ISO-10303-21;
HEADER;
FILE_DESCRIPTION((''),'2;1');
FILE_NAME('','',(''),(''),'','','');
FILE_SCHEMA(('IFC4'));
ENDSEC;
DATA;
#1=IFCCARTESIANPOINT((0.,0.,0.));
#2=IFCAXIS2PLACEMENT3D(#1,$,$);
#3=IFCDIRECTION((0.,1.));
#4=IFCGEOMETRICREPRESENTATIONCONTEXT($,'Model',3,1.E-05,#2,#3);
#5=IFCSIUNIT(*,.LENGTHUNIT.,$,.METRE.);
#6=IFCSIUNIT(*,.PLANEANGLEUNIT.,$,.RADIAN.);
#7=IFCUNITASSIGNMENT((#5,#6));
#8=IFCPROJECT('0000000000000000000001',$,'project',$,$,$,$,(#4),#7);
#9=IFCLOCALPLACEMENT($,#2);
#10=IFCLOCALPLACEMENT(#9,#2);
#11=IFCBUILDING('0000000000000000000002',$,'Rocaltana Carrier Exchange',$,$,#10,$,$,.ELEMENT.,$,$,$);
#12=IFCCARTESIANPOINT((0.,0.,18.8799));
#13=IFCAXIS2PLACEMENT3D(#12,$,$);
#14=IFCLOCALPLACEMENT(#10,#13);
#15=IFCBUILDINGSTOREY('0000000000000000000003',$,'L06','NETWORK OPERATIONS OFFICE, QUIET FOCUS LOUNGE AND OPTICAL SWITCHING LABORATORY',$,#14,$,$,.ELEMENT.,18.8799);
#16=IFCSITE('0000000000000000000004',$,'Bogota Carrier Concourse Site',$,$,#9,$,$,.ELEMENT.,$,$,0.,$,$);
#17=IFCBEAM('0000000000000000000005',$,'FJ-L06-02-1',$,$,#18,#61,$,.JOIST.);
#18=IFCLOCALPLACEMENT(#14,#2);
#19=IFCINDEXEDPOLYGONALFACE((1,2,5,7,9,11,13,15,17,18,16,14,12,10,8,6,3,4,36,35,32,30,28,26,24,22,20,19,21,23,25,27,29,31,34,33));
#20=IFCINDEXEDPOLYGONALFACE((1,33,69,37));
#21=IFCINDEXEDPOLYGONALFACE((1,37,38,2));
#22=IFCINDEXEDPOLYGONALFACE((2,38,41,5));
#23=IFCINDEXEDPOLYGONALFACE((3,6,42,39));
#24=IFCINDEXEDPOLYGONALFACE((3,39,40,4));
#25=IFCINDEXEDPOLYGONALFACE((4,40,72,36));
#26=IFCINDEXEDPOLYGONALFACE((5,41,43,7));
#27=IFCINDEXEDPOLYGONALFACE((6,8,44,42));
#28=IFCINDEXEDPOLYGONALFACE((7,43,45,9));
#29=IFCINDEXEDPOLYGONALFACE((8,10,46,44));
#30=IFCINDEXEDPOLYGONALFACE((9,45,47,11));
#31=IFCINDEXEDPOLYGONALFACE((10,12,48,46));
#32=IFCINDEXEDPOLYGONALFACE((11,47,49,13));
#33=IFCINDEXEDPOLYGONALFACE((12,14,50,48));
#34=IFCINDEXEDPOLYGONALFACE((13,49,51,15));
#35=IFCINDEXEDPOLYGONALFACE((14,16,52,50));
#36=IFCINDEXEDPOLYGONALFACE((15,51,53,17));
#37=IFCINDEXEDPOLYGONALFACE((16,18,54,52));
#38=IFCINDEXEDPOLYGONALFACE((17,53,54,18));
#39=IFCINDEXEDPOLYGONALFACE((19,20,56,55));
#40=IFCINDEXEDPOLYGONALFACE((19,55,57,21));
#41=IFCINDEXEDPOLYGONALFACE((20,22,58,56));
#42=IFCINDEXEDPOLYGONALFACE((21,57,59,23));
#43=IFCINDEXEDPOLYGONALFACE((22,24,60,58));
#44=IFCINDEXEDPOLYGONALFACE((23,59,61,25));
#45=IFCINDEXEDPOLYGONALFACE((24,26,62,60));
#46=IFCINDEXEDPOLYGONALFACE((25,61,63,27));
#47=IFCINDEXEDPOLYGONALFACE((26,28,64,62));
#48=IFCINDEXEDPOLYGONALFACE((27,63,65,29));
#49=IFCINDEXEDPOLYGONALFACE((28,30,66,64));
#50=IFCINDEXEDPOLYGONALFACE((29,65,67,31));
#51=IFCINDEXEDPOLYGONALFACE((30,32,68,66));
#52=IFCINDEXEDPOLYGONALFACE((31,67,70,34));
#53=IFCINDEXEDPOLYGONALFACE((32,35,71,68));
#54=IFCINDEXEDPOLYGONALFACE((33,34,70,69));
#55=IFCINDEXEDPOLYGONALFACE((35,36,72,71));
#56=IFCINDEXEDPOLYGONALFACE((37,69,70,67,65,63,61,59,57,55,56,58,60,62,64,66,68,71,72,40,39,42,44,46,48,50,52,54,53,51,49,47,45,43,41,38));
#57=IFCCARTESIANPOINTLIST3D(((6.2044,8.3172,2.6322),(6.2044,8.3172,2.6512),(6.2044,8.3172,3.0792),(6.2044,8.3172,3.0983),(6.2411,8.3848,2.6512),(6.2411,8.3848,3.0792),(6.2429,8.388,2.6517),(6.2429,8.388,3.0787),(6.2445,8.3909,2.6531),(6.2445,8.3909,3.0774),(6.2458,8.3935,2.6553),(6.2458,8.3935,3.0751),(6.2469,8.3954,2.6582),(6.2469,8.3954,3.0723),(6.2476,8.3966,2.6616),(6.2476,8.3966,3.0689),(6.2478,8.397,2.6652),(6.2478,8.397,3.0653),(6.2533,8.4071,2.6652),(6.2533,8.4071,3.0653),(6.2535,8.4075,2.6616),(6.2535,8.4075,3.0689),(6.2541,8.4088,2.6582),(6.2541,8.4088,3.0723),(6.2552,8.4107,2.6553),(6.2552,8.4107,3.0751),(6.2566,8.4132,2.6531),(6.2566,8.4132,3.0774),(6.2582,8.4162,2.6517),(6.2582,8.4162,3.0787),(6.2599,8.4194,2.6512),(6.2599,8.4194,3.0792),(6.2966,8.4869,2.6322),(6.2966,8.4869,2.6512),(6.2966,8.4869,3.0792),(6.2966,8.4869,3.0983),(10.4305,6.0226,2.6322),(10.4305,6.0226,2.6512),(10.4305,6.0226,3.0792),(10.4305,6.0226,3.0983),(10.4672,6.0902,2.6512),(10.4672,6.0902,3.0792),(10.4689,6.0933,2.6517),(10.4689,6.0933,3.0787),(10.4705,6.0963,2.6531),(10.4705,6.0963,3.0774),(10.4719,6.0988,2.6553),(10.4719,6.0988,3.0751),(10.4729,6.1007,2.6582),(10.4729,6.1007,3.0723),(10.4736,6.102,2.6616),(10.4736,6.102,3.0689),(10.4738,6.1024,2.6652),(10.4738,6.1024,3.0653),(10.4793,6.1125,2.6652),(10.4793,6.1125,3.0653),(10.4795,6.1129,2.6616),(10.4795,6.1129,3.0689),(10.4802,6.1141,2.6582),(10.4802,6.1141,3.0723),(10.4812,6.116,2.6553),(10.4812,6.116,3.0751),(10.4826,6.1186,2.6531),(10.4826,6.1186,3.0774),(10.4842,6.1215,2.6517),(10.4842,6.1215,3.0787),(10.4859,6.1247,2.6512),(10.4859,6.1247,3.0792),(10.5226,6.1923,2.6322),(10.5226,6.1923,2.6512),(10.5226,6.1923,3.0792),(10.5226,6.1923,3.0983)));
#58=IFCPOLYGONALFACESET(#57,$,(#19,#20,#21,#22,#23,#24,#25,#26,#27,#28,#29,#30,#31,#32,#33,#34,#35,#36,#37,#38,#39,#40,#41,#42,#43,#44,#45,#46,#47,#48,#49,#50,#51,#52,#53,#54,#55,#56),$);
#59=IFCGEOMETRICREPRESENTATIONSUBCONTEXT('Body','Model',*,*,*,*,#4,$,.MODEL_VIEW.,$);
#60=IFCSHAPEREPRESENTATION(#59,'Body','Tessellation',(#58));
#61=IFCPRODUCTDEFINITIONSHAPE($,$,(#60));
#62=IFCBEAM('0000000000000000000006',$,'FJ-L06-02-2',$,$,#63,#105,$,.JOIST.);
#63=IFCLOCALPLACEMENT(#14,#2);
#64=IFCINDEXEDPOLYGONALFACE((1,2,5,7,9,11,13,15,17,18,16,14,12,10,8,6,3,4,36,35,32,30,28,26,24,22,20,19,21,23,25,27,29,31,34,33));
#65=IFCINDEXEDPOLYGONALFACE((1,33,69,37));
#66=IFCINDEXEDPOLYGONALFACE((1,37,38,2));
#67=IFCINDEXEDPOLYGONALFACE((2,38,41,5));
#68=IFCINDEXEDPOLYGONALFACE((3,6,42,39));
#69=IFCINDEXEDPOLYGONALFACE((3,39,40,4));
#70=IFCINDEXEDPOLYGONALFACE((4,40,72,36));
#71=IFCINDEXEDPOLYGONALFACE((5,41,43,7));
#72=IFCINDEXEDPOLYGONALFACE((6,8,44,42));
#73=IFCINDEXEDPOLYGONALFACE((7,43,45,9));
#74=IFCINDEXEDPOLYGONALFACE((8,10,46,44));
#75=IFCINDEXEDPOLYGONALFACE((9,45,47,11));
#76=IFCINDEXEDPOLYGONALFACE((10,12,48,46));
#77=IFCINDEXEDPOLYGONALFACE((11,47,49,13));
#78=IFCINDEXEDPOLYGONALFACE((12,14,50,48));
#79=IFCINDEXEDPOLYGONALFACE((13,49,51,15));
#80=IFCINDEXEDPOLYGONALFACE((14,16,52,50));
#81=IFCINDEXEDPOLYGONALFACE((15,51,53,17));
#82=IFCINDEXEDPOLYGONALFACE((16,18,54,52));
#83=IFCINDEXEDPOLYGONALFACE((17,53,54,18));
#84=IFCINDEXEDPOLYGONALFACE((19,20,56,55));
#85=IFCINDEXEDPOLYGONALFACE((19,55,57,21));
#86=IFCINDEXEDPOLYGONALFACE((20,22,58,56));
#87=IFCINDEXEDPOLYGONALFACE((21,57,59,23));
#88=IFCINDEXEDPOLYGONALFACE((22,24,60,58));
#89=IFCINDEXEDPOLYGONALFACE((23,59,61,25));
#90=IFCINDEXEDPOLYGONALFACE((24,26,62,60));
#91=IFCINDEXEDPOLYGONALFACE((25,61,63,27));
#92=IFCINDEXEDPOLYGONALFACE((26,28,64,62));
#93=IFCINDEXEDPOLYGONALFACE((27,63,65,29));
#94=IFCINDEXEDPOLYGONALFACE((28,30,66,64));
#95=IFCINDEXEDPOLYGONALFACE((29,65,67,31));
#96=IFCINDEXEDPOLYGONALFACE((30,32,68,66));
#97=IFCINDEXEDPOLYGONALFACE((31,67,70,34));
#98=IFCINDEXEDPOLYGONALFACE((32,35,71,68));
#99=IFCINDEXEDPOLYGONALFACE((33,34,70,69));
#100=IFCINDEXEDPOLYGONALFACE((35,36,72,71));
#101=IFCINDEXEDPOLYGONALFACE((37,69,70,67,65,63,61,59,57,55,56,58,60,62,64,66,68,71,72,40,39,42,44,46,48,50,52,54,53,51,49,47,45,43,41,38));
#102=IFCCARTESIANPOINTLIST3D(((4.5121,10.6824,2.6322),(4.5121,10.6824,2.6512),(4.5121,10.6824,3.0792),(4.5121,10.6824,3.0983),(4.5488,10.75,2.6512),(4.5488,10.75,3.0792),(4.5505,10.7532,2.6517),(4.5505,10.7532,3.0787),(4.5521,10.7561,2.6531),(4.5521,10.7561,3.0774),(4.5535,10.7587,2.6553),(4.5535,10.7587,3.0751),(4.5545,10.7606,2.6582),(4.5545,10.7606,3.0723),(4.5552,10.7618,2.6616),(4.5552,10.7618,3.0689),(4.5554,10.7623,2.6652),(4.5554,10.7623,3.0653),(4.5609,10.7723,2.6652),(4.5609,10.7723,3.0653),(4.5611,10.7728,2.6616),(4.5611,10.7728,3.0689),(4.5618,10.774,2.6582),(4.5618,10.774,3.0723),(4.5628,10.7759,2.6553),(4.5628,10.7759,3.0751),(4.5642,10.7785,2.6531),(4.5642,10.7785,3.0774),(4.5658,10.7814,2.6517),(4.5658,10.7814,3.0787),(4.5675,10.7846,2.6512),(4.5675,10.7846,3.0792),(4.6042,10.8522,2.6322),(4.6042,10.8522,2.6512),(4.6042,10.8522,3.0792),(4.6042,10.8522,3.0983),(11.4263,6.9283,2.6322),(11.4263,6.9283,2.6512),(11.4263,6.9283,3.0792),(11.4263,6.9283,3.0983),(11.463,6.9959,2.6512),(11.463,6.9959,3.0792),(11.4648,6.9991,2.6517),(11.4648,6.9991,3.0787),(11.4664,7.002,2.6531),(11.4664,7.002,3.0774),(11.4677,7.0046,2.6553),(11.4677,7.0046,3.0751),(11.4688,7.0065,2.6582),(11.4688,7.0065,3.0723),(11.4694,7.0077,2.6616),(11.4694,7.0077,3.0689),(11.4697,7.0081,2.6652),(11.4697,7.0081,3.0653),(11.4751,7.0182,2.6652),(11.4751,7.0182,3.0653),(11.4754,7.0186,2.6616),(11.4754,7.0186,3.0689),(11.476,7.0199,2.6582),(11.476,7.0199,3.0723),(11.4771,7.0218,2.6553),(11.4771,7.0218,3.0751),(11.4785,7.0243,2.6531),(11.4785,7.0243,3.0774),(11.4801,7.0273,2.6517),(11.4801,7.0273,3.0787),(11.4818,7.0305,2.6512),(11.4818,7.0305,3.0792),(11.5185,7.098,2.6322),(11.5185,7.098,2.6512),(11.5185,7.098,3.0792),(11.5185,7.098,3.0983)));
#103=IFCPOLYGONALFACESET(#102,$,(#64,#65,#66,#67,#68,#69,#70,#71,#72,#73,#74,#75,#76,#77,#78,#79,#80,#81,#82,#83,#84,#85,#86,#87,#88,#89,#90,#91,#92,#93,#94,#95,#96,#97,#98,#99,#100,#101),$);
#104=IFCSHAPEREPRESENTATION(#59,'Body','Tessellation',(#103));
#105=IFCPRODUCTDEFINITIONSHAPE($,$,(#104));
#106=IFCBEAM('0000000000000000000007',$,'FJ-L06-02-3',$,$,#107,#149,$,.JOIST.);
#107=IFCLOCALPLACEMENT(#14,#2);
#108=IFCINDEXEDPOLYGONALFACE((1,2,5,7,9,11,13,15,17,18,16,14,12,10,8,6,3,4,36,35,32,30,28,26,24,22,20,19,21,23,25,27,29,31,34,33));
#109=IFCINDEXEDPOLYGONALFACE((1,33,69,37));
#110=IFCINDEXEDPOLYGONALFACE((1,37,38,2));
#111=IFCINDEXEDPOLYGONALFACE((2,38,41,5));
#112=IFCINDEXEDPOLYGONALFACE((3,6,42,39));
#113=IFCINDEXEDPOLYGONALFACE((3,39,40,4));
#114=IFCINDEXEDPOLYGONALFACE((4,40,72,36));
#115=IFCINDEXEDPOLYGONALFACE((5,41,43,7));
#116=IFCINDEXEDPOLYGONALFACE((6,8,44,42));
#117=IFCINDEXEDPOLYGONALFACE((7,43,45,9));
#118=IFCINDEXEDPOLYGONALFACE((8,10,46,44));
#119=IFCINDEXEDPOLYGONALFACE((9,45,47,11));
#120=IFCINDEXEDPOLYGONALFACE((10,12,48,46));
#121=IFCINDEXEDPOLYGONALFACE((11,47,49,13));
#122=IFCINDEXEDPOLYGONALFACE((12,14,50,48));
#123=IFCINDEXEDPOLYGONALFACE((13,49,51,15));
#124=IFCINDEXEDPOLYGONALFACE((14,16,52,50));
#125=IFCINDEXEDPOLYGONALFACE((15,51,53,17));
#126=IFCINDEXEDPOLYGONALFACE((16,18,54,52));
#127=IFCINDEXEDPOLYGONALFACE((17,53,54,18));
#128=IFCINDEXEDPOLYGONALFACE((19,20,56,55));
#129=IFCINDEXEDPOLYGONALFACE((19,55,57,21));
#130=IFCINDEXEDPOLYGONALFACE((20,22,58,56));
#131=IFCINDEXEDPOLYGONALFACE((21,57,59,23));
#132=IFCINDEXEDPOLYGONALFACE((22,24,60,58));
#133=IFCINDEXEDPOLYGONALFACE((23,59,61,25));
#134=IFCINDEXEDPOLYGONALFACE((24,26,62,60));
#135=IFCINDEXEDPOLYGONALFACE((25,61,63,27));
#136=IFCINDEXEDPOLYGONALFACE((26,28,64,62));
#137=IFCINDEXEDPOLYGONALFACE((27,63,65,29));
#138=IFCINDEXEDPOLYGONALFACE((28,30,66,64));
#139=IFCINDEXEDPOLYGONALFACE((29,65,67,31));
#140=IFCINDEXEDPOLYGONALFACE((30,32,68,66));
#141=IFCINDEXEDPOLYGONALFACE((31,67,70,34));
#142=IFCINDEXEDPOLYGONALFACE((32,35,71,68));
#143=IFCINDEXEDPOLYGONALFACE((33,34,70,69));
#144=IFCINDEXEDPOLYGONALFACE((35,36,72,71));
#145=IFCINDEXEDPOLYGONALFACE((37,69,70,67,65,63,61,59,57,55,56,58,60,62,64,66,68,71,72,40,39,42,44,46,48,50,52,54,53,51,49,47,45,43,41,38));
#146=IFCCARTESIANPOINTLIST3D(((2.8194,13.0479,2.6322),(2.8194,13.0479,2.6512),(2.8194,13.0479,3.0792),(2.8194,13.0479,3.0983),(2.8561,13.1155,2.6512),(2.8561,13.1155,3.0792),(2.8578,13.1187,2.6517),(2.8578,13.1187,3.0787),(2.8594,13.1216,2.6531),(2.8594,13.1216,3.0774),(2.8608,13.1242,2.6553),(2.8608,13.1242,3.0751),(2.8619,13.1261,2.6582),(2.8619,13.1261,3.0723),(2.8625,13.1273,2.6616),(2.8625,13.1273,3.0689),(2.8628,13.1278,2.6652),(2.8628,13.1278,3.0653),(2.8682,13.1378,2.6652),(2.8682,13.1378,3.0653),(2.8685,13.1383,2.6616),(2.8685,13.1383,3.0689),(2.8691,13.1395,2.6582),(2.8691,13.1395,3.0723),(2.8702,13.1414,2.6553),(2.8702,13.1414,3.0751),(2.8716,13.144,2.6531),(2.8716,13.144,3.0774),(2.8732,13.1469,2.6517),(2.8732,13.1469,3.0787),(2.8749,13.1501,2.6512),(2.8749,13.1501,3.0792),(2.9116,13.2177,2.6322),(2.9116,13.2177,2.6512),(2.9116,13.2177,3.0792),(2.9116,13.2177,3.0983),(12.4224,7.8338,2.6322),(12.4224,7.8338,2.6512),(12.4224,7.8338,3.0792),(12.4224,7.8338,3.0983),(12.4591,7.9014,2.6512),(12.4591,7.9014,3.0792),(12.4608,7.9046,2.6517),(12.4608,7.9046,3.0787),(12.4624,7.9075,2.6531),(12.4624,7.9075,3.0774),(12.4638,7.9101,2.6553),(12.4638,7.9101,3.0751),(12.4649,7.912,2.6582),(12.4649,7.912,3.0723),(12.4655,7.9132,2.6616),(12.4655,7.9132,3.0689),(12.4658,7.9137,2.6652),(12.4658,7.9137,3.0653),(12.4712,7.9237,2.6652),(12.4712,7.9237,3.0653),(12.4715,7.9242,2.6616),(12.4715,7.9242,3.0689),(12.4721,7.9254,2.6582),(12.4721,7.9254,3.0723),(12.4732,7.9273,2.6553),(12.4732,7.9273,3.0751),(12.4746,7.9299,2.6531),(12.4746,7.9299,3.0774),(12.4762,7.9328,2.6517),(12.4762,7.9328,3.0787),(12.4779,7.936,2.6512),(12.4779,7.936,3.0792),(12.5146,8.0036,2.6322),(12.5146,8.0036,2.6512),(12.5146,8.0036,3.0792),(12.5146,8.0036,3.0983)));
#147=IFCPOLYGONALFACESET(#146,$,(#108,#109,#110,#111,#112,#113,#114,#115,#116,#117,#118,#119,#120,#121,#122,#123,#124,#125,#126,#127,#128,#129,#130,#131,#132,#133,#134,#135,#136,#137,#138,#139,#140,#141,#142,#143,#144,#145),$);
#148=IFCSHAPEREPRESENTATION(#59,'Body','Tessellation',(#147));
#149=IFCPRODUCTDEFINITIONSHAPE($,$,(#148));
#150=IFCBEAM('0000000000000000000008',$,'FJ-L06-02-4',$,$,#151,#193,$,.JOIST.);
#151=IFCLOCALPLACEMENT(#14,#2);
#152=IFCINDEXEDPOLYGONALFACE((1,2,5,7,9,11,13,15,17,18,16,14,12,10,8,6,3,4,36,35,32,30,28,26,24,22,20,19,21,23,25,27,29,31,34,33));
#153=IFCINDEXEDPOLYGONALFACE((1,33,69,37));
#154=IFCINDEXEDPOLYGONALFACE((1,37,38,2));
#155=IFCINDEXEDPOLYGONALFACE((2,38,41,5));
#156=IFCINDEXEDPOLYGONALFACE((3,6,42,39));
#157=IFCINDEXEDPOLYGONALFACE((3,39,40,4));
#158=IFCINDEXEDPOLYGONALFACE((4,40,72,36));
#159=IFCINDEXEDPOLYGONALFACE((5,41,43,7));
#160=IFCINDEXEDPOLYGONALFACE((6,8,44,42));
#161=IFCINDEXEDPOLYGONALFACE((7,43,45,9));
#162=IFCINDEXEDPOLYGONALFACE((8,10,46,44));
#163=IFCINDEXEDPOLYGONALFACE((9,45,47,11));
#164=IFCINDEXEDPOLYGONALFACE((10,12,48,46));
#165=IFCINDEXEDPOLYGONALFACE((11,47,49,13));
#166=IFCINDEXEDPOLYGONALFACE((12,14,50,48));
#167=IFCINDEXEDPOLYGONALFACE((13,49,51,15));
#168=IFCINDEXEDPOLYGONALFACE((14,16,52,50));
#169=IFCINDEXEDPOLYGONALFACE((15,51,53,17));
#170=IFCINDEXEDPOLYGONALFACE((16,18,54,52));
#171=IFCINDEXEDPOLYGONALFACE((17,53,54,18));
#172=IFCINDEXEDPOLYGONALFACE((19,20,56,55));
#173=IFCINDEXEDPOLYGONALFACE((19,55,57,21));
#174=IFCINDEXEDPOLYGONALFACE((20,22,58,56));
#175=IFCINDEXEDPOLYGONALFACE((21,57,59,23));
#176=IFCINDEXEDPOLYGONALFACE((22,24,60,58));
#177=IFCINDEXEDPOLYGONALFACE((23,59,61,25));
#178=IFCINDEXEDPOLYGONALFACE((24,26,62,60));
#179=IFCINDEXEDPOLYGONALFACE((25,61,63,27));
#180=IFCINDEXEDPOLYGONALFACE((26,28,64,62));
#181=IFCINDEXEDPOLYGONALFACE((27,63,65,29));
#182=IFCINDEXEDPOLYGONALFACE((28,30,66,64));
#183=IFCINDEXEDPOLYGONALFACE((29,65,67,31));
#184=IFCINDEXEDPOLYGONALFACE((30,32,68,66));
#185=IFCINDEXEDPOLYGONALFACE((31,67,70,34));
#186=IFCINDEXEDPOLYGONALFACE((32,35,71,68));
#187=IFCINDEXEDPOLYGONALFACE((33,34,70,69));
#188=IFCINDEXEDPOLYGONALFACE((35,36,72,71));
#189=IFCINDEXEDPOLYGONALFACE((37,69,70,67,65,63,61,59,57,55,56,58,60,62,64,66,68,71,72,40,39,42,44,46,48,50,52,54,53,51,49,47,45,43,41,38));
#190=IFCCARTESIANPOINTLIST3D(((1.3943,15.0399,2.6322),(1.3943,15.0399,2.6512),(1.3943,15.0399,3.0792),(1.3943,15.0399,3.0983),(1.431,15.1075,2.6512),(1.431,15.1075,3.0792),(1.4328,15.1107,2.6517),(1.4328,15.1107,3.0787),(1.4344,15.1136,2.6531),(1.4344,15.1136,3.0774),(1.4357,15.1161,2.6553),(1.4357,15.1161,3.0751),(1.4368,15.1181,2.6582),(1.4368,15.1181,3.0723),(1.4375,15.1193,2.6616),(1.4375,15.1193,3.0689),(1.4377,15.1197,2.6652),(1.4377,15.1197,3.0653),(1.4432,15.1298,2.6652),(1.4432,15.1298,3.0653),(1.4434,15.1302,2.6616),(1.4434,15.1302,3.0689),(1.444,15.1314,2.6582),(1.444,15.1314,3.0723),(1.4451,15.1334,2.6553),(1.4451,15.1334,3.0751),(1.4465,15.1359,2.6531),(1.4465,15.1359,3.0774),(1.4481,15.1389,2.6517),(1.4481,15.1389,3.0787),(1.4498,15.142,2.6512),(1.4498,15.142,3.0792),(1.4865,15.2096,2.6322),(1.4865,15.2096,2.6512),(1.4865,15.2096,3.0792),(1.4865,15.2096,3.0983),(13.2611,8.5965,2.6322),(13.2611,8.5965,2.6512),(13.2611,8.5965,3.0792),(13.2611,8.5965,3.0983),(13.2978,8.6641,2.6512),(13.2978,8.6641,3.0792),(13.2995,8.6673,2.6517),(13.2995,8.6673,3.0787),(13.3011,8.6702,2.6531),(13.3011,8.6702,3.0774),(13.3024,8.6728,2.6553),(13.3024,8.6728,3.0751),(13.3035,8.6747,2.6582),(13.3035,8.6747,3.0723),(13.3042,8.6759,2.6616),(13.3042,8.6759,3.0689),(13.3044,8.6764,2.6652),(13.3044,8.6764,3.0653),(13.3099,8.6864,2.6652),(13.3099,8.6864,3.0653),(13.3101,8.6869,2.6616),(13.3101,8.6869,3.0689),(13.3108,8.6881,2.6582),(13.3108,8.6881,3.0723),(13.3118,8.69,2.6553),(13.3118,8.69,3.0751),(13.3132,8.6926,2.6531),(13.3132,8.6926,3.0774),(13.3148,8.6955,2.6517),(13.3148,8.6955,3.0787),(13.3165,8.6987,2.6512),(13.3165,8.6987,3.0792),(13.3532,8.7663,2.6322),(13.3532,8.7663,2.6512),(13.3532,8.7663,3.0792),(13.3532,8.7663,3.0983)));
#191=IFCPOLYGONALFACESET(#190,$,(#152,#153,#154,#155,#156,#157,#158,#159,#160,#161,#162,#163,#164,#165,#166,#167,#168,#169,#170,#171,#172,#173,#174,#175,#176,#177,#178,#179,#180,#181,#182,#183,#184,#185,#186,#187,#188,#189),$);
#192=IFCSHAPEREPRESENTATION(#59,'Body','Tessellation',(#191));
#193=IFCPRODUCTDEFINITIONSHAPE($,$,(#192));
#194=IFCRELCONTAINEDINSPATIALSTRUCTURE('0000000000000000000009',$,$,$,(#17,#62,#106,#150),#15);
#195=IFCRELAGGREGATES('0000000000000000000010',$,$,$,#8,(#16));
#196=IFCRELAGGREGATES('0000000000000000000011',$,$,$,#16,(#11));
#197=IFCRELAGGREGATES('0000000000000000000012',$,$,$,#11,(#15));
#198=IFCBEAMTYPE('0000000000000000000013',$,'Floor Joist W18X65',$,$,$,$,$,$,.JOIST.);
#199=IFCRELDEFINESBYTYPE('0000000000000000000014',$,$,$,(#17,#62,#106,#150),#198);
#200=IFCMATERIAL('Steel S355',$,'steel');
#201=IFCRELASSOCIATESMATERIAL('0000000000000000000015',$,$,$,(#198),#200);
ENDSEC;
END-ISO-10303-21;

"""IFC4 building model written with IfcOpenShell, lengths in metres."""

from ifc_helpers import new_model, si_unit, direction, frame, origin, origin_2d, place, context, subcontext, project, spatial, i_section, extrude, material, material_profile, profile_set, type_object, element, save


model = new_model("IFC4")

# Units and contexts
model_context = context("Model", 3, precision=1e-05, world=origin(), true_north=direction((0.0, 1.0)))
body_context = subcontext(model_context, "Body", "Model", "MODEL_VIEW")
ifc_project = project(units=[si_unit("LENGTHUNIT", "METRE"), si_unit("PLANEANGLEUNIT", "RADIAN")], contexts=[model_context])

# Site, building, storey
site_placement = place(None, origin())
site = spatial("IfcSite", under=ifc_project, at=site_placement, Name="Bogota Carrier Concourse Site", CompositionType="ELEMENT", RefElevation=0.0)
building_placement = place(site_placement, origin())
building = spatial("IfcBuilding", under=site, at=building_placement, Name="Rocaltana Carrier Exchange", CompositionType="ELEMENT")
storey_placement = place(building_placement, frame((0.0, 0.0, 18.8799)))
storey = spatial("IfcBuildingStorey", under=building, at=storey_placement, Name="L06", Description="NETWORK OPERATIONS OFFICE, QUIET FOCUS LOUNGE AND OPTICAL SWITCHING LABORATORY", CompositionType="ELEMENT", Elevation=18.8799)

# Beams
ifc_material_1 = material(Name="Steel S355", Category="steel")
ifc_material_profile_1 = material_profile(ifc_material_1, i_section(OverallWidth=0.1931, OverallDepth=0.4661, WebThickness=0.0115, FlangeThickness=0.019, FilletRadius=0.0139, at=origin_2d()), Name="W18X65")
ifc_profile_set_1 = profile_set([ifc_material_profile_1], Name="Steel S355")
beam_type_1 = type_object("IfcBeamType", Name="Floor Joist W18X65", PredefinedType="JOIST", material=ifc_profile_set_1)
beam_1_placement = place(storey_placement, frame((10.4766, 6.1074, 2.8652), z_axis=(-0.878808, 0.477176, 0.0), x_axis=(-0.477176, -0.878808, 0.0)))
element("IfcBeam", 1, at=beam_1_placement, inside=storey, type_object=beam_type_1, Name="FJ-L06-02-1", PredefinedType="JOIST", context=body_context, shape_type="SweptSolid", body=[
    extrude(i_section(OverallWidth=0.1931, OverallDepth=0.4661, WebThickness=0.0115, FlangeThickness=0.019, FilletRadius=0.0139, at=origin_2d()), origin(), (0.0, 0.0, 1.0), 4.8088),
])
beam_2_placement = place(storey_placement, frame((11.4724, 7.0132, 2.8652), z_axis=(-0.878818, 0.477158, 0.0), x_axis=(-0.477158, -0.878818, 0.0)))
element("IfcBeam", 2, at=beam_2_placement, inside=storey, type_object=beam_type_1, Name="FJ-L06-02-2", PredefinedType="JOIST", context=body_context, shape_type="SweptSolid", body=[
    extrude(i_section(OverallWidth=0.1931, OverallDepth=0.4661, WebThickness=0.0115, FlangeThickness=0.019, FilletRadius=0.0139, at=origin_2d()), origin(), (0.0, 0.0, 1.0), 7.8677),
])
beam_3_placement = place(storey_placement, frame((12.4685, 7.9187, 2.8652), z_axis=(-0.878814, 0.477165, 0.0), x_axis=(-0.477165, -0.878814, 0.0)))
element("IfcBeam", 3, at=beam_3_placement, inside=storey, type_object=beam_type_1, Name="FJ-L06-02-3", PredefinedType="JOIST", context=body_context, shape_type="SweptSolid", body=[
    extrude(i_section(OverallWidth=0.1931, OverallDepth=0.4661, WebThickness=0.0115, FlangeThickness=0.019, FilletRadius=0.0139, at=origin_2d()), origin(), (0.0, 0.0, 1.0), 10.9272),
])
beam_4_placement = place(storey_placement, frame((13.3071, 8.6814, 2.8652), z_axis=(-0.878809, 0.477174, 0.0), x_axis=(-0.477174, -0.878809, 0.0)))
element("IfcBeam", 4, at=beam_4_placement, inside=storey, type_object=beam_type_1, Name="FJ-L06-02-4", PredefinedType="JOIST", context=body_context, shape_type="SweptSolid", body=[
    extrude(i_section(OverallWidth=0.1931, OverallDepth=0.4661, WebThickness=0.0115, FlangeThickness=0.019, FilletRadius=0.0139, at=origin_2d()), origin(), (0.0, 0.0, 1.0), 13.5032),
])

save(model, "model.ifc")
